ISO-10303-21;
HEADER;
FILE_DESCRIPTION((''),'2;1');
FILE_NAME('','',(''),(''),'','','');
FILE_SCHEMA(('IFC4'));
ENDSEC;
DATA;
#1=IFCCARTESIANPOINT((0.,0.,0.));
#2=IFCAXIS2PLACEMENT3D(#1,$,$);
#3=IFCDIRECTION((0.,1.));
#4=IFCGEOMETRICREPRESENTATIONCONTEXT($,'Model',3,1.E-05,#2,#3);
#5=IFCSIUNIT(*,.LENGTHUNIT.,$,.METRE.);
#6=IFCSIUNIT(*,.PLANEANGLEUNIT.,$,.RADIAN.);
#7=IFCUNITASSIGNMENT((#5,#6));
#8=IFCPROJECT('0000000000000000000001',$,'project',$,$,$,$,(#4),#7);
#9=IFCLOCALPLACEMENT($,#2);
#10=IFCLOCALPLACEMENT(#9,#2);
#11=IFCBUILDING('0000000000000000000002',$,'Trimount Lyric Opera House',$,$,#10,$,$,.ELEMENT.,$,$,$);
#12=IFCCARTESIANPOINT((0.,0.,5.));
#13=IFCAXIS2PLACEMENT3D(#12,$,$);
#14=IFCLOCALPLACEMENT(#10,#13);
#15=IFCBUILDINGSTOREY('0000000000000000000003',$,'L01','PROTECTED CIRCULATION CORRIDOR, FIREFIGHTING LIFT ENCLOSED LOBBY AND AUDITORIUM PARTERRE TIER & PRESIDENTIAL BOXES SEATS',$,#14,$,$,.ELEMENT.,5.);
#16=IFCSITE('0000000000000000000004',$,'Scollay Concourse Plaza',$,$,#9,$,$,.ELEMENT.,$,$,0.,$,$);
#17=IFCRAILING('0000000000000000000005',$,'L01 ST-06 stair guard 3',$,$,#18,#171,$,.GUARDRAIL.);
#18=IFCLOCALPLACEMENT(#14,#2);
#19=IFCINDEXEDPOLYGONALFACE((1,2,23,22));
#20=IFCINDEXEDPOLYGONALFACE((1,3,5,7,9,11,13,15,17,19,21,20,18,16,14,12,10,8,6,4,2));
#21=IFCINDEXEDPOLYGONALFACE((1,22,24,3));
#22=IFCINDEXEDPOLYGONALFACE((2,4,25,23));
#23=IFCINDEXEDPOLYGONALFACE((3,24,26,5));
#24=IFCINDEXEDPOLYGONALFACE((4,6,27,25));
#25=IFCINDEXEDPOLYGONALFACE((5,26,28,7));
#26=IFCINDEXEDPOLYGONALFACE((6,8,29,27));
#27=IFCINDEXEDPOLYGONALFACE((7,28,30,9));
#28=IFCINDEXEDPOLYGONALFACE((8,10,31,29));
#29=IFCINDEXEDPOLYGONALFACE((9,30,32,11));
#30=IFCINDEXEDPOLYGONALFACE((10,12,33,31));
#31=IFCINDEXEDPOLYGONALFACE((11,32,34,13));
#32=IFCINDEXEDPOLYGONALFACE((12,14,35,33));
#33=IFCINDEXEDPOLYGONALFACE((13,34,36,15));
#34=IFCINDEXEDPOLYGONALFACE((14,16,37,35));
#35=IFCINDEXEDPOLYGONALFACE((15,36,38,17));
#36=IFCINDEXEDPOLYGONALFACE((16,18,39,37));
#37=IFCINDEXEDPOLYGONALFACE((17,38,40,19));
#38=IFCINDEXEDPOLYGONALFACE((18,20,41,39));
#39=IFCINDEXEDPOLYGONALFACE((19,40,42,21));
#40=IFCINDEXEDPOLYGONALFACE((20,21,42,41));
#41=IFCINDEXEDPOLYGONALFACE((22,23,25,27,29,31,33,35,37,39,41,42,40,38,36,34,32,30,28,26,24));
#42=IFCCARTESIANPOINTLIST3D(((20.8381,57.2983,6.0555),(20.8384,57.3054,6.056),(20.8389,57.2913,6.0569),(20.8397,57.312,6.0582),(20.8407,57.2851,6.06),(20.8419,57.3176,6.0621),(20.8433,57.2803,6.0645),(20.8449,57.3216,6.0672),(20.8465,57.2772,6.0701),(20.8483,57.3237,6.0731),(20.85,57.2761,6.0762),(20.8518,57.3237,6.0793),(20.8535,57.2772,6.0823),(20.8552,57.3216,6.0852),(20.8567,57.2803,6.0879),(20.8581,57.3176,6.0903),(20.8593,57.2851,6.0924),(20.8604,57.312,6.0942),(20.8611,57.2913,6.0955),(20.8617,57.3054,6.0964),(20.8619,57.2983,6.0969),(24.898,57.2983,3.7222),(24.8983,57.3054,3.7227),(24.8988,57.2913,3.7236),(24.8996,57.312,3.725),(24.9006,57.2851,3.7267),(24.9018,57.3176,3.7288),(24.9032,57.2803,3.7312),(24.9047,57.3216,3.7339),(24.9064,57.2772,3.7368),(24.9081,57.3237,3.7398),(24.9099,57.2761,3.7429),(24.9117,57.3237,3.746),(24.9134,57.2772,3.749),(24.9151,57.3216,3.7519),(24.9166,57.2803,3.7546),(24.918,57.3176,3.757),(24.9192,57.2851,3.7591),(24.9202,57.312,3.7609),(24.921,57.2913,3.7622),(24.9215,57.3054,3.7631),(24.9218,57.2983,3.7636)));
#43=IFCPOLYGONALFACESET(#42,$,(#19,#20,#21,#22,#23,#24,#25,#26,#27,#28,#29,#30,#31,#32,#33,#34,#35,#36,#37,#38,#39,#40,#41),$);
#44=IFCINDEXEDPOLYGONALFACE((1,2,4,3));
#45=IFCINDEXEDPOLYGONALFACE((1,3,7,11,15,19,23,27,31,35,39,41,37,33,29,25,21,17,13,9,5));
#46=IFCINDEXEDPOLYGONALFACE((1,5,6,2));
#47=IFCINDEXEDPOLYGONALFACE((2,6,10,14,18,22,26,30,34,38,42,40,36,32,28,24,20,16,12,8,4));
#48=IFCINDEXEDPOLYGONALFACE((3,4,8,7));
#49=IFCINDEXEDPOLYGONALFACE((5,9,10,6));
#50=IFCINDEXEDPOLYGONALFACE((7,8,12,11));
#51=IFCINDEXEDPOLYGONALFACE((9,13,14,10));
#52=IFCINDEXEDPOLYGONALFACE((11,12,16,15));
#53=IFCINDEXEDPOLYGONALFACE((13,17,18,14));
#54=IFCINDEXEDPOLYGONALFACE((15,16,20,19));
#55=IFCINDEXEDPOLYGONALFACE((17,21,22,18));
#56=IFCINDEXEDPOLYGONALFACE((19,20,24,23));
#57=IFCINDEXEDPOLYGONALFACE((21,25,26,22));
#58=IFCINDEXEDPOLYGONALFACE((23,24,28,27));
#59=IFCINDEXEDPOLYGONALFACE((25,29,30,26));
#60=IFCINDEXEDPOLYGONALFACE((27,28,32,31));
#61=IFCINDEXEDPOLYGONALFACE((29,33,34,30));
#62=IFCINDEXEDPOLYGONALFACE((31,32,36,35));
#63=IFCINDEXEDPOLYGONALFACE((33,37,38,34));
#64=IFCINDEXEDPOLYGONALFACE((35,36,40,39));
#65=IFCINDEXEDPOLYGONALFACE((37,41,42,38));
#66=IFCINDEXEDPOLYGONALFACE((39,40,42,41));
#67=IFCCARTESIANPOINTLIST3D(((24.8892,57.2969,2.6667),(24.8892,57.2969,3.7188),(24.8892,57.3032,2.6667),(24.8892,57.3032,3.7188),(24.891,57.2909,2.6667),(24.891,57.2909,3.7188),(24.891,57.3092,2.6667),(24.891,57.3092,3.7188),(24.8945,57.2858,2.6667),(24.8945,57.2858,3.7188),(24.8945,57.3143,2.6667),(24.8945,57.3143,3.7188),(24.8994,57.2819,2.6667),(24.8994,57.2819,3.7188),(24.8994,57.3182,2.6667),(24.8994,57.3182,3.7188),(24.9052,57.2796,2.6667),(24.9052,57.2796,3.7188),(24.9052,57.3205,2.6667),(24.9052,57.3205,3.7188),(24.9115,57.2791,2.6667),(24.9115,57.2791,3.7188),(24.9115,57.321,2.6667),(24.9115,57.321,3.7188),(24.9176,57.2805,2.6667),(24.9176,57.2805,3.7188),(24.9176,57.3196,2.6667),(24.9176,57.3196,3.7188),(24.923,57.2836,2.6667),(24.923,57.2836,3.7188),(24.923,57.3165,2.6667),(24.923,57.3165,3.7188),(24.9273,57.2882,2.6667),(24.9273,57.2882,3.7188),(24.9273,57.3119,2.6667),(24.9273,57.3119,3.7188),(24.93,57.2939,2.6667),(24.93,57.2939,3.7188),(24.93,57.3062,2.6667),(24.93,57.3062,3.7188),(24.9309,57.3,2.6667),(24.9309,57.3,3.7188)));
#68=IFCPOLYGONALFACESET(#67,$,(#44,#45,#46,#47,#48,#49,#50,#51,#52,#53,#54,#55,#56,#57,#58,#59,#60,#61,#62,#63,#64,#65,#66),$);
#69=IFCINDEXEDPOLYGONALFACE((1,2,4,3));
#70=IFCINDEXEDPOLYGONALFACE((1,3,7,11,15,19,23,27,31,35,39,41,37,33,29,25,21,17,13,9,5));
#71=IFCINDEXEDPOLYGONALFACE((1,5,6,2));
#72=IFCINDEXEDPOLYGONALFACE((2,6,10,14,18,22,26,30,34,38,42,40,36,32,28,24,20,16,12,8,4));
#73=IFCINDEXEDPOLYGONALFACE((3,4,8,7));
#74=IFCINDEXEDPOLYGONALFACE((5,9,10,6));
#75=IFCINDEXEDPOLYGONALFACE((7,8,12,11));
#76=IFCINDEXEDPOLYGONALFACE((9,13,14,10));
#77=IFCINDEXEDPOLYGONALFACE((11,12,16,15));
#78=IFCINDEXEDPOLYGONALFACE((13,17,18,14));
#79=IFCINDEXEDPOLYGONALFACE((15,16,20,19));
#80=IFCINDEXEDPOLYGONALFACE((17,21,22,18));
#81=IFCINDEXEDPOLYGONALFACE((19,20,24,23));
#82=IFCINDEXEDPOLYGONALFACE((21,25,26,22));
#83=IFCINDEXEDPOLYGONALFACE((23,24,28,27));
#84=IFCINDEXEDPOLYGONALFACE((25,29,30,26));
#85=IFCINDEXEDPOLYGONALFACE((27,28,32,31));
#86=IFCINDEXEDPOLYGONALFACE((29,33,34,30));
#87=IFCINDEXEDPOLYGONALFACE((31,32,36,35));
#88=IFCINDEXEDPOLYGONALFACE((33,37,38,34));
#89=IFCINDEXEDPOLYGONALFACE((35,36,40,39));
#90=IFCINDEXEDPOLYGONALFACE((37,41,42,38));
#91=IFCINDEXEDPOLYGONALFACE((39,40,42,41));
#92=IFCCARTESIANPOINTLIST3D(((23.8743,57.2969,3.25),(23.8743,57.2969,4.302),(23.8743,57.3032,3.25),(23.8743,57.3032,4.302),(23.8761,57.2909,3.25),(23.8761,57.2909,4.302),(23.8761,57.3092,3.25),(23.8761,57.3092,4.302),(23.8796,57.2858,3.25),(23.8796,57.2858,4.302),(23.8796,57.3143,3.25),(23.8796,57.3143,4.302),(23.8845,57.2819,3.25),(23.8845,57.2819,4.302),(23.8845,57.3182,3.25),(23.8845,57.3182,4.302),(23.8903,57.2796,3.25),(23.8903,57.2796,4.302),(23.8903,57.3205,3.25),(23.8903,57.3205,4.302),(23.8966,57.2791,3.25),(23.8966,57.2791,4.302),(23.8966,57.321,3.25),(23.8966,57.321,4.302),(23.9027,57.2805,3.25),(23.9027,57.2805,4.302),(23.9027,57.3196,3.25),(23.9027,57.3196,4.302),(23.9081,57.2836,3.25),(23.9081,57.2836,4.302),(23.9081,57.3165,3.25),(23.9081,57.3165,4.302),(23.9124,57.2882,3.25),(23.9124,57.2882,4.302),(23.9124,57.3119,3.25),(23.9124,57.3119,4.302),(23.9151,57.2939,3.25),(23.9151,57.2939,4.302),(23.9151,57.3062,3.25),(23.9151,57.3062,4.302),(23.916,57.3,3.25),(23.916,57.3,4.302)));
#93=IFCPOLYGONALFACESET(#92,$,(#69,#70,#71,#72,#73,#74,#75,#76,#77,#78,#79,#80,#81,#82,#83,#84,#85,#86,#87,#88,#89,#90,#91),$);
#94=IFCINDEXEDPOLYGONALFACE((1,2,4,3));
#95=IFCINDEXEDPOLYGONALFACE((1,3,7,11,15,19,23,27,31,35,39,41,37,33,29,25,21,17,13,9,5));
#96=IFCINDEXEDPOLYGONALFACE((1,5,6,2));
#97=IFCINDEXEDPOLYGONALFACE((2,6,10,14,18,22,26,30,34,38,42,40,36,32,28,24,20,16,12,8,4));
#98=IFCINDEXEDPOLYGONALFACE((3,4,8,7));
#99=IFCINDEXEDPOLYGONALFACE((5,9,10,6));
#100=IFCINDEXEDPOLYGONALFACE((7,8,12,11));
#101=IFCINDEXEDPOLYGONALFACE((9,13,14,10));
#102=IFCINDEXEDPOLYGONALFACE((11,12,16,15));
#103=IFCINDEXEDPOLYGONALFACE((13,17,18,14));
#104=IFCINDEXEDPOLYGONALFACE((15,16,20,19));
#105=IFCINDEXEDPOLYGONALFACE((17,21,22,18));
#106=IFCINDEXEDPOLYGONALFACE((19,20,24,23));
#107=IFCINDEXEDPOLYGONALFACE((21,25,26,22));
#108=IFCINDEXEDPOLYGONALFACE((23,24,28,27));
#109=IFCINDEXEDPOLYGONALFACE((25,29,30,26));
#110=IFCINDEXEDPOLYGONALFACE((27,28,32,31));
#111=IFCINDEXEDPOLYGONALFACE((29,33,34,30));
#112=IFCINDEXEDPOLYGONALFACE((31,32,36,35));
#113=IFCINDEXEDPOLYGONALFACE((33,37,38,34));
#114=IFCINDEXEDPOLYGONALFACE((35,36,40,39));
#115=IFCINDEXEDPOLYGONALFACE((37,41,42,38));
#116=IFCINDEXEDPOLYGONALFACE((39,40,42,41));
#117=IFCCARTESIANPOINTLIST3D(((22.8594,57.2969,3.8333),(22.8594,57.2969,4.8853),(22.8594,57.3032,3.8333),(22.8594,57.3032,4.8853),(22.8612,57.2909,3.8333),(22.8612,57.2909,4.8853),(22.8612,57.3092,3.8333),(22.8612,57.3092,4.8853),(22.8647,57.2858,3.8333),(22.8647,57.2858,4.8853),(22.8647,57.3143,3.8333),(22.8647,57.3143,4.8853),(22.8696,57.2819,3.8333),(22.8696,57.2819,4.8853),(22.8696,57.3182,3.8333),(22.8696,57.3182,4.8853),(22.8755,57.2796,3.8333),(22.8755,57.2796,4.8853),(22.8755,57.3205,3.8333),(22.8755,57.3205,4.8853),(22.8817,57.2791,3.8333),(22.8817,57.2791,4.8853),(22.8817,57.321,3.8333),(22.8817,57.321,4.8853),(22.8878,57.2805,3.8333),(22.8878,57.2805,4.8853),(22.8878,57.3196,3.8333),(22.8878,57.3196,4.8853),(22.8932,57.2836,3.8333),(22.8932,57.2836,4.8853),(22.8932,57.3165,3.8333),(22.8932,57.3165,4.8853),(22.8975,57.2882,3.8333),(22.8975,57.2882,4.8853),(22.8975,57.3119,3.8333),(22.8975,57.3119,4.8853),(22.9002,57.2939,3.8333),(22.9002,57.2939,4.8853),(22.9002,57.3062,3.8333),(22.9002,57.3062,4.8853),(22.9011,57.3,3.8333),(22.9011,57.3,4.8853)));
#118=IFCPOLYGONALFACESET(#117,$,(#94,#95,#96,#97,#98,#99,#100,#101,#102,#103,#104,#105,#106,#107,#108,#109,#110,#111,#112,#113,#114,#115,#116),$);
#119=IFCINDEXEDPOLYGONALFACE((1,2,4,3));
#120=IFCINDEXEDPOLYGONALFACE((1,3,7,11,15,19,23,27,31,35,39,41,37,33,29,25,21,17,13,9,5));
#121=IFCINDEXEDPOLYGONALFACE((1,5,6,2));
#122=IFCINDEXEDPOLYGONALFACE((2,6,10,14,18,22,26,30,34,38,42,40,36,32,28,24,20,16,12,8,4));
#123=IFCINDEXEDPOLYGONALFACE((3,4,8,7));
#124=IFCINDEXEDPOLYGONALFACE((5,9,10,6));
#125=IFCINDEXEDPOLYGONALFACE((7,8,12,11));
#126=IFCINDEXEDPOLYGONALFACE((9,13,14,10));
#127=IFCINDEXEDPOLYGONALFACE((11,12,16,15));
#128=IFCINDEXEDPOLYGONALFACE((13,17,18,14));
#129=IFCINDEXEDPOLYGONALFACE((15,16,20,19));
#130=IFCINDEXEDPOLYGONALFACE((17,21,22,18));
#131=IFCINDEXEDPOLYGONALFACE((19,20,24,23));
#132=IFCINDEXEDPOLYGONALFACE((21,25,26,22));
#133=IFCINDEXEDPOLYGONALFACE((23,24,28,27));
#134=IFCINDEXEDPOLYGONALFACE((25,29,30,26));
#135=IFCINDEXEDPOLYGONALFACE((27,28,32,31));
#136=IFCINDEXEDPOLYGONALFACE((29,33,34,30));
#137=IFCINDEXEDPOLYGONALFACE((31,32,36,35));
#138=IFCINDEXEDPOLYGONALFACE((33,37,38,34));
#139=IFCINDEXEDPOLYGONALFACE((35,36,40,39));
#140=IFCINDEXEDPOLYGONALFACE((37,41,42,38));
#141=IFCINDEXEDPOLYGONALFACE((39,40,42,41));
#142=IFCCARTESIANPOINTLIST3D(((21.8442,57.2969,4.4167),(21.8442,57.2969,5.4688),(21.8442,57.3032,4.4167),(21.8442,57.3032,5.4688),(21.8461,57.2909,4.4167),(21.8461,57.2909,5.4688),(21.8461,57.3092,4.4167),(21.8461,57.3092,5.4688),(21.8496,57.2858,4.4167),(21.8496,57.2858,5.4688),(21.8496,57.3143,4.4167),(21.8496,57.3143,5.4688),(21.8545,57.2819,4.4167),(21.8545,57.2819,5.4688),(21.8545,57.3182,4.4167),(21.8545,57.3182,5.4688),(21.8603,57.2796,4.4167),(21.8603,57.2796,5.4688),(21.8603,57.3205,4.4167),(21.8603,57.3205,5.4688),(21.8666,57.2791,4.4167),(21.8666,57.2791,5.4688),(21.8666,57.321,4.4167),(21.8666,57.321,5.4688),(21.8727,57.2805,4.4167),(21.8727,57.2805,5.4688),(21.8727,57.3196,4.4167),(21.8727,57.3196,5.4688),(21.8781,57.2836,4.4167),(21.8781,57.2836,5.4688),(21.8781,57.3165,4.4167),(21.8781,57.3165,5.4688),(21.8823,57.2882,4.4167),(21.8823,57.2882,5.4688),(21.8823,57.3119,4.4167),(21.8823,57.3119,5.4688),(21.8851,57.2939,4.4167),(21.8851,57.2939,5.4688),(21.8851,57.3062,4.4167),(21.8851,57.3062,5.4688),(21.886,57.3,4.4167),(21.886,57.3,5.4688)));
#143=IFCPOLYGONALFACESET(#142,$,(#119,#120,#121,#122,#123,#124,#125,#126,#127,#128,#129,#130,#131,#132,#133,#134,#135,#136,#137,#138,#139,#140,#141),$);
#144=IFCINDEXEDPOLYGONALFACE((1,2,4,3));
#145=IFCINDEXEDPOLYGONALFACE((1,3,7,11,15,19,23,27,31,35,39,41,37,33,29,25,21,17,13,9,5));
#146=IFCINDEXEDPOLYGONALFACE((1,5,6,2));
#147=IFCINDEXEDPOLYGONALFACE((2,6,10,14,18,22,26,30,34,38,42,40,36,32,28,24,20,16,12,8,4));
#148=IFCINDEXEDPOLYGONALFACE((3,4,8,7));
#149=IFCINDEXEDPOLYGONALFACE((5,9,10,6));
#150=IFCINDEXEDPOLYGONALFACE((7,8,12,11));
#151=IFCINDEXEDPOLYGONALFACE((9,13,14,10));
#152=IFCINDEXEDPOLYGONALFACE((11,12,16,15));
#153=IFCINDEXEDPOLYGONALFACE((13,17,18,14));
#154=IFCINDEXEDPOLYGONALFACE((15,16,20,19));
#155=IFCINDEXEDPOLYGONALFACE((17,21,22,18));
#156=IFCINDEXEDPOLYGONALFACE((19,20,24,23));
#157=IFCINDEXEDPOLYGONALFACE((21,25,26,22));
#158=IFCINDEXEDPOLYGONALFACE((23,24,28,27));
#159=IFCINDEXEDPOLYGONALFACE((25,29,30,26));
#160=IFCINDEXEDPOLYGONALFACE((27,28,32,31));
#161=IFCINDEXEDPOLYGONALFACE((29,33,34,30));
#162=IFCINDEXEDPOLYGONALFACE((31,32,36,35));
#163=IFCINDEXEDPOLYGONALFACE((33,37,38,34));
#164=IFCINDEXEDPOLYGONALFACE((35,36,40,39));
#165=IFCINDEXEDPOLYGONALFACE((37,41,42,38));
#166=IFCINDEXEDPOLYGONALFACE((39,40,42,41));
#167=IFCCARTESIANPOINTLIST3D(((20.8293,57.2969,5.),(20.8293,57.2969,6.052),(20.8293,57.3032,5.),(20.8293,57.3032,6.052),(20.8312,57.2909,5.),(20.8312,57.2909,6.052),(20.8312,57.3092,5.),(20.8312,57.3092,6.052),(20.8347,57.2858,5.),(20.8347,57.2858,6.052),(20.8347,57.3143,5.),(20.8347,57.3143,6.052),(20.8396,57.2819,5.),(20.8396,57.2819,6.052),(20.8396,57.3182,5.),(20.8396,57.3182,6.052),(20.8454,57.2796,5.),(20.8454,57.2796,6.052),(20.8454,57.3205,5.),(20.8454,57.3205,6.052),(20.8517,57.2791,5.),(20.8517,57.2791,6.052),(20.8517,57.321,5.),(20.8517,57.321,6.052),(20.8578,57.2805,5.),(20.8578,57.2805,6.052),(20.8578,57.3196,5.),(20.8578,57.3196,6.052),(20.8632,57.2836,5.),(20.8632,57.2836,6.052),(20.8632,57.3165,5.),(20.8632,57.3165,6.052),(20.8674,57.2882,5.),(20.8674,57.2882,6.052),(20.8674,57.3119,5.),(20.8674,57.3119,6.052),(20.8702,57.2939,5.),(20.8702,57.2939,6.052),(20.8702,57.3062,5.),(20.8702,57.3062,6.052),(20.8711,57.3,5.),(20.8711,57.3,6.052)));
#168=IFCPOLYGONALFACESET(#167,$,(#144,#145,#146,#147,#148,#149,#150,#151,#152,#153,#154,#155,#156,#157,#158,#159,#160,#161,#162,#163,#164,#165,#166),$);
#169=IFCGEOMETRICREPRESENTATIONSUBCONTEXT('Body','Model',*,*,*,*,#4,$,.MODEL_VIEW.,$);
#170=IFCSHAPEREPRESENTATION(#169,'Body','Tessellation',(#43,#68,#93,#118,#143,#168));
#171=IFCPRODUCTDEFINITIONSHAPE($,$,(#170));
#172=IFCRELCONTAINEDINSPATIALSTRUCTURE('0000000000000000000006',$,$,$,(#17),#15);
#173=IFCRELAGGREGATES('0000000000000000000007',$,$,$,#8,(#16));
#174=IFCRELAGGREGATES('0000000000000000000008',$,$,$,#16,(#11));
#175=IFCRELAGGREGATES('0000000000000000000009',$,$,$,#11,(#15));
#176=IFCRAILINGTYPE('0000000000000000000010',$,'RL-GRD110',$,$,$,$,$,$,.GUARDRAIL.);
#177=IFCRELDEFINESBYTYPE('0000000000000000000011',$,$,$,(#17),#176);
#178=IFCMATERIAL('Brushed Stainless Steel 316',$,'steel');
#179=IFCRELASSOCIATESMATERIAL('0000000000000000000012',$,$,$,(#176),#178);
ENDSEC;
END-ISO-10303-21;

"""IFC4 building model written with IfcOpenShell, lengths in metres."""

from ifc_helpers import new_model, si_unit, direction, frame, origin, origin_2d, place, context, subcontext, project, spatial, circle, extrude, material, type_object, element, save


model = new_model("IFC4")

# Units and contexts
model_context = context("Model", 3, precision=1e-05, world=origin(), true_north=direction((0.0, 1.0)))
body_context = subcontext(model_context, "Body", "Model", "MODEL_VIEW")
ifc_project = project(units=[si_unit("LENGTHUNIT", "METRE"), si_unit("PLANEANGLEUNIT", "RADIAN")], contexts=[model_context])

# Site, building, storey
site_placement = place(None, origin())
site = spatial("IfcSite", under=ifc_project, at=site_placement, Name="Scollay Concourse Plaza", CompositionType="ELEMENT", RefElevation=0.0)
building_placement = place(site_placement, origin())
building = spatial("IfcBuilding", under=site, at=building_placement, Name="Trimount Lyric Opera House", CompositionType="ELEMENT")
storey_placement = place(building_placement, frame((0.0, 0.0, 5.0)))
storey = spatial("IfcBuildingStorey", under=building, at=storey_placement, Name="L01", Description="PROTECTED CIRCULATION CORRIDOR, FIREFIGHTING LIFT ENCLOSED LOBBY AND AUDITORIUM PARTERRE TIER & PRESIDENTIAL BOXES SEATS", CompositionType="ELEMENT", Elevation=5.0)

# Railing
ifc_material_1 = material(Name="Brushed Stainless Steel 316", Category="steel")
railing_type_1 = type_object("IfcRailingType", Name="RL-GRD110", PredefinedType="GUARDRAIL", material=ifc_material_1)
railing_1_placement = place(storey_placement, frame((24.9099, 57.3, 2.6667)))
element("IfcRailing", 1, at=railing_1_placement, inside=storey, type_object=railing_type_1, Name="L01 ST-06 stair guard 3", PredefinedType="GUARDRAIL", context=body_context, shape_type="SweptSolid", body=[
    extrude(circle(Radius=0.0239, at=origin_2d()), frame((0.0, 0.0, 1.0762), z_axis=(-0.867012, 0.0, 0.498288), x_axis=(0.0, -1.0, 0.0)), (0.0, 0.0, 1.0), 4.6826),
    extrude(circle(Radius=0.021, at=origin_2d()), origin(), (0.0, 0.0, 1.0), 1.052),
    extrude(circle(Radius=0.021, at=origin_2d()), frame((-1.0149, 0.0, 0.5833)), (0.0, 0.0, 1.0), 1.052),
    extrude(circle(Radius=0.021, at=origin_2d()), frame((-2.0298, 0.0, 1.1665)), (0.0, 0.0, 1.0), 1.052),
    extrude(circle(Radius=0.021, at=origin_2d()), frame((-3.0449, 0.0, 1.75)), (0.0, 0.0, 1.0), 1.052),
    extrude(circle(Radius=0.021, at=origin_2d()), frame((-4.0598, 0.0, 2.3333)), (0.0, 0.0, 1.0), 1.052),
])

save(model, "model.ifc")
